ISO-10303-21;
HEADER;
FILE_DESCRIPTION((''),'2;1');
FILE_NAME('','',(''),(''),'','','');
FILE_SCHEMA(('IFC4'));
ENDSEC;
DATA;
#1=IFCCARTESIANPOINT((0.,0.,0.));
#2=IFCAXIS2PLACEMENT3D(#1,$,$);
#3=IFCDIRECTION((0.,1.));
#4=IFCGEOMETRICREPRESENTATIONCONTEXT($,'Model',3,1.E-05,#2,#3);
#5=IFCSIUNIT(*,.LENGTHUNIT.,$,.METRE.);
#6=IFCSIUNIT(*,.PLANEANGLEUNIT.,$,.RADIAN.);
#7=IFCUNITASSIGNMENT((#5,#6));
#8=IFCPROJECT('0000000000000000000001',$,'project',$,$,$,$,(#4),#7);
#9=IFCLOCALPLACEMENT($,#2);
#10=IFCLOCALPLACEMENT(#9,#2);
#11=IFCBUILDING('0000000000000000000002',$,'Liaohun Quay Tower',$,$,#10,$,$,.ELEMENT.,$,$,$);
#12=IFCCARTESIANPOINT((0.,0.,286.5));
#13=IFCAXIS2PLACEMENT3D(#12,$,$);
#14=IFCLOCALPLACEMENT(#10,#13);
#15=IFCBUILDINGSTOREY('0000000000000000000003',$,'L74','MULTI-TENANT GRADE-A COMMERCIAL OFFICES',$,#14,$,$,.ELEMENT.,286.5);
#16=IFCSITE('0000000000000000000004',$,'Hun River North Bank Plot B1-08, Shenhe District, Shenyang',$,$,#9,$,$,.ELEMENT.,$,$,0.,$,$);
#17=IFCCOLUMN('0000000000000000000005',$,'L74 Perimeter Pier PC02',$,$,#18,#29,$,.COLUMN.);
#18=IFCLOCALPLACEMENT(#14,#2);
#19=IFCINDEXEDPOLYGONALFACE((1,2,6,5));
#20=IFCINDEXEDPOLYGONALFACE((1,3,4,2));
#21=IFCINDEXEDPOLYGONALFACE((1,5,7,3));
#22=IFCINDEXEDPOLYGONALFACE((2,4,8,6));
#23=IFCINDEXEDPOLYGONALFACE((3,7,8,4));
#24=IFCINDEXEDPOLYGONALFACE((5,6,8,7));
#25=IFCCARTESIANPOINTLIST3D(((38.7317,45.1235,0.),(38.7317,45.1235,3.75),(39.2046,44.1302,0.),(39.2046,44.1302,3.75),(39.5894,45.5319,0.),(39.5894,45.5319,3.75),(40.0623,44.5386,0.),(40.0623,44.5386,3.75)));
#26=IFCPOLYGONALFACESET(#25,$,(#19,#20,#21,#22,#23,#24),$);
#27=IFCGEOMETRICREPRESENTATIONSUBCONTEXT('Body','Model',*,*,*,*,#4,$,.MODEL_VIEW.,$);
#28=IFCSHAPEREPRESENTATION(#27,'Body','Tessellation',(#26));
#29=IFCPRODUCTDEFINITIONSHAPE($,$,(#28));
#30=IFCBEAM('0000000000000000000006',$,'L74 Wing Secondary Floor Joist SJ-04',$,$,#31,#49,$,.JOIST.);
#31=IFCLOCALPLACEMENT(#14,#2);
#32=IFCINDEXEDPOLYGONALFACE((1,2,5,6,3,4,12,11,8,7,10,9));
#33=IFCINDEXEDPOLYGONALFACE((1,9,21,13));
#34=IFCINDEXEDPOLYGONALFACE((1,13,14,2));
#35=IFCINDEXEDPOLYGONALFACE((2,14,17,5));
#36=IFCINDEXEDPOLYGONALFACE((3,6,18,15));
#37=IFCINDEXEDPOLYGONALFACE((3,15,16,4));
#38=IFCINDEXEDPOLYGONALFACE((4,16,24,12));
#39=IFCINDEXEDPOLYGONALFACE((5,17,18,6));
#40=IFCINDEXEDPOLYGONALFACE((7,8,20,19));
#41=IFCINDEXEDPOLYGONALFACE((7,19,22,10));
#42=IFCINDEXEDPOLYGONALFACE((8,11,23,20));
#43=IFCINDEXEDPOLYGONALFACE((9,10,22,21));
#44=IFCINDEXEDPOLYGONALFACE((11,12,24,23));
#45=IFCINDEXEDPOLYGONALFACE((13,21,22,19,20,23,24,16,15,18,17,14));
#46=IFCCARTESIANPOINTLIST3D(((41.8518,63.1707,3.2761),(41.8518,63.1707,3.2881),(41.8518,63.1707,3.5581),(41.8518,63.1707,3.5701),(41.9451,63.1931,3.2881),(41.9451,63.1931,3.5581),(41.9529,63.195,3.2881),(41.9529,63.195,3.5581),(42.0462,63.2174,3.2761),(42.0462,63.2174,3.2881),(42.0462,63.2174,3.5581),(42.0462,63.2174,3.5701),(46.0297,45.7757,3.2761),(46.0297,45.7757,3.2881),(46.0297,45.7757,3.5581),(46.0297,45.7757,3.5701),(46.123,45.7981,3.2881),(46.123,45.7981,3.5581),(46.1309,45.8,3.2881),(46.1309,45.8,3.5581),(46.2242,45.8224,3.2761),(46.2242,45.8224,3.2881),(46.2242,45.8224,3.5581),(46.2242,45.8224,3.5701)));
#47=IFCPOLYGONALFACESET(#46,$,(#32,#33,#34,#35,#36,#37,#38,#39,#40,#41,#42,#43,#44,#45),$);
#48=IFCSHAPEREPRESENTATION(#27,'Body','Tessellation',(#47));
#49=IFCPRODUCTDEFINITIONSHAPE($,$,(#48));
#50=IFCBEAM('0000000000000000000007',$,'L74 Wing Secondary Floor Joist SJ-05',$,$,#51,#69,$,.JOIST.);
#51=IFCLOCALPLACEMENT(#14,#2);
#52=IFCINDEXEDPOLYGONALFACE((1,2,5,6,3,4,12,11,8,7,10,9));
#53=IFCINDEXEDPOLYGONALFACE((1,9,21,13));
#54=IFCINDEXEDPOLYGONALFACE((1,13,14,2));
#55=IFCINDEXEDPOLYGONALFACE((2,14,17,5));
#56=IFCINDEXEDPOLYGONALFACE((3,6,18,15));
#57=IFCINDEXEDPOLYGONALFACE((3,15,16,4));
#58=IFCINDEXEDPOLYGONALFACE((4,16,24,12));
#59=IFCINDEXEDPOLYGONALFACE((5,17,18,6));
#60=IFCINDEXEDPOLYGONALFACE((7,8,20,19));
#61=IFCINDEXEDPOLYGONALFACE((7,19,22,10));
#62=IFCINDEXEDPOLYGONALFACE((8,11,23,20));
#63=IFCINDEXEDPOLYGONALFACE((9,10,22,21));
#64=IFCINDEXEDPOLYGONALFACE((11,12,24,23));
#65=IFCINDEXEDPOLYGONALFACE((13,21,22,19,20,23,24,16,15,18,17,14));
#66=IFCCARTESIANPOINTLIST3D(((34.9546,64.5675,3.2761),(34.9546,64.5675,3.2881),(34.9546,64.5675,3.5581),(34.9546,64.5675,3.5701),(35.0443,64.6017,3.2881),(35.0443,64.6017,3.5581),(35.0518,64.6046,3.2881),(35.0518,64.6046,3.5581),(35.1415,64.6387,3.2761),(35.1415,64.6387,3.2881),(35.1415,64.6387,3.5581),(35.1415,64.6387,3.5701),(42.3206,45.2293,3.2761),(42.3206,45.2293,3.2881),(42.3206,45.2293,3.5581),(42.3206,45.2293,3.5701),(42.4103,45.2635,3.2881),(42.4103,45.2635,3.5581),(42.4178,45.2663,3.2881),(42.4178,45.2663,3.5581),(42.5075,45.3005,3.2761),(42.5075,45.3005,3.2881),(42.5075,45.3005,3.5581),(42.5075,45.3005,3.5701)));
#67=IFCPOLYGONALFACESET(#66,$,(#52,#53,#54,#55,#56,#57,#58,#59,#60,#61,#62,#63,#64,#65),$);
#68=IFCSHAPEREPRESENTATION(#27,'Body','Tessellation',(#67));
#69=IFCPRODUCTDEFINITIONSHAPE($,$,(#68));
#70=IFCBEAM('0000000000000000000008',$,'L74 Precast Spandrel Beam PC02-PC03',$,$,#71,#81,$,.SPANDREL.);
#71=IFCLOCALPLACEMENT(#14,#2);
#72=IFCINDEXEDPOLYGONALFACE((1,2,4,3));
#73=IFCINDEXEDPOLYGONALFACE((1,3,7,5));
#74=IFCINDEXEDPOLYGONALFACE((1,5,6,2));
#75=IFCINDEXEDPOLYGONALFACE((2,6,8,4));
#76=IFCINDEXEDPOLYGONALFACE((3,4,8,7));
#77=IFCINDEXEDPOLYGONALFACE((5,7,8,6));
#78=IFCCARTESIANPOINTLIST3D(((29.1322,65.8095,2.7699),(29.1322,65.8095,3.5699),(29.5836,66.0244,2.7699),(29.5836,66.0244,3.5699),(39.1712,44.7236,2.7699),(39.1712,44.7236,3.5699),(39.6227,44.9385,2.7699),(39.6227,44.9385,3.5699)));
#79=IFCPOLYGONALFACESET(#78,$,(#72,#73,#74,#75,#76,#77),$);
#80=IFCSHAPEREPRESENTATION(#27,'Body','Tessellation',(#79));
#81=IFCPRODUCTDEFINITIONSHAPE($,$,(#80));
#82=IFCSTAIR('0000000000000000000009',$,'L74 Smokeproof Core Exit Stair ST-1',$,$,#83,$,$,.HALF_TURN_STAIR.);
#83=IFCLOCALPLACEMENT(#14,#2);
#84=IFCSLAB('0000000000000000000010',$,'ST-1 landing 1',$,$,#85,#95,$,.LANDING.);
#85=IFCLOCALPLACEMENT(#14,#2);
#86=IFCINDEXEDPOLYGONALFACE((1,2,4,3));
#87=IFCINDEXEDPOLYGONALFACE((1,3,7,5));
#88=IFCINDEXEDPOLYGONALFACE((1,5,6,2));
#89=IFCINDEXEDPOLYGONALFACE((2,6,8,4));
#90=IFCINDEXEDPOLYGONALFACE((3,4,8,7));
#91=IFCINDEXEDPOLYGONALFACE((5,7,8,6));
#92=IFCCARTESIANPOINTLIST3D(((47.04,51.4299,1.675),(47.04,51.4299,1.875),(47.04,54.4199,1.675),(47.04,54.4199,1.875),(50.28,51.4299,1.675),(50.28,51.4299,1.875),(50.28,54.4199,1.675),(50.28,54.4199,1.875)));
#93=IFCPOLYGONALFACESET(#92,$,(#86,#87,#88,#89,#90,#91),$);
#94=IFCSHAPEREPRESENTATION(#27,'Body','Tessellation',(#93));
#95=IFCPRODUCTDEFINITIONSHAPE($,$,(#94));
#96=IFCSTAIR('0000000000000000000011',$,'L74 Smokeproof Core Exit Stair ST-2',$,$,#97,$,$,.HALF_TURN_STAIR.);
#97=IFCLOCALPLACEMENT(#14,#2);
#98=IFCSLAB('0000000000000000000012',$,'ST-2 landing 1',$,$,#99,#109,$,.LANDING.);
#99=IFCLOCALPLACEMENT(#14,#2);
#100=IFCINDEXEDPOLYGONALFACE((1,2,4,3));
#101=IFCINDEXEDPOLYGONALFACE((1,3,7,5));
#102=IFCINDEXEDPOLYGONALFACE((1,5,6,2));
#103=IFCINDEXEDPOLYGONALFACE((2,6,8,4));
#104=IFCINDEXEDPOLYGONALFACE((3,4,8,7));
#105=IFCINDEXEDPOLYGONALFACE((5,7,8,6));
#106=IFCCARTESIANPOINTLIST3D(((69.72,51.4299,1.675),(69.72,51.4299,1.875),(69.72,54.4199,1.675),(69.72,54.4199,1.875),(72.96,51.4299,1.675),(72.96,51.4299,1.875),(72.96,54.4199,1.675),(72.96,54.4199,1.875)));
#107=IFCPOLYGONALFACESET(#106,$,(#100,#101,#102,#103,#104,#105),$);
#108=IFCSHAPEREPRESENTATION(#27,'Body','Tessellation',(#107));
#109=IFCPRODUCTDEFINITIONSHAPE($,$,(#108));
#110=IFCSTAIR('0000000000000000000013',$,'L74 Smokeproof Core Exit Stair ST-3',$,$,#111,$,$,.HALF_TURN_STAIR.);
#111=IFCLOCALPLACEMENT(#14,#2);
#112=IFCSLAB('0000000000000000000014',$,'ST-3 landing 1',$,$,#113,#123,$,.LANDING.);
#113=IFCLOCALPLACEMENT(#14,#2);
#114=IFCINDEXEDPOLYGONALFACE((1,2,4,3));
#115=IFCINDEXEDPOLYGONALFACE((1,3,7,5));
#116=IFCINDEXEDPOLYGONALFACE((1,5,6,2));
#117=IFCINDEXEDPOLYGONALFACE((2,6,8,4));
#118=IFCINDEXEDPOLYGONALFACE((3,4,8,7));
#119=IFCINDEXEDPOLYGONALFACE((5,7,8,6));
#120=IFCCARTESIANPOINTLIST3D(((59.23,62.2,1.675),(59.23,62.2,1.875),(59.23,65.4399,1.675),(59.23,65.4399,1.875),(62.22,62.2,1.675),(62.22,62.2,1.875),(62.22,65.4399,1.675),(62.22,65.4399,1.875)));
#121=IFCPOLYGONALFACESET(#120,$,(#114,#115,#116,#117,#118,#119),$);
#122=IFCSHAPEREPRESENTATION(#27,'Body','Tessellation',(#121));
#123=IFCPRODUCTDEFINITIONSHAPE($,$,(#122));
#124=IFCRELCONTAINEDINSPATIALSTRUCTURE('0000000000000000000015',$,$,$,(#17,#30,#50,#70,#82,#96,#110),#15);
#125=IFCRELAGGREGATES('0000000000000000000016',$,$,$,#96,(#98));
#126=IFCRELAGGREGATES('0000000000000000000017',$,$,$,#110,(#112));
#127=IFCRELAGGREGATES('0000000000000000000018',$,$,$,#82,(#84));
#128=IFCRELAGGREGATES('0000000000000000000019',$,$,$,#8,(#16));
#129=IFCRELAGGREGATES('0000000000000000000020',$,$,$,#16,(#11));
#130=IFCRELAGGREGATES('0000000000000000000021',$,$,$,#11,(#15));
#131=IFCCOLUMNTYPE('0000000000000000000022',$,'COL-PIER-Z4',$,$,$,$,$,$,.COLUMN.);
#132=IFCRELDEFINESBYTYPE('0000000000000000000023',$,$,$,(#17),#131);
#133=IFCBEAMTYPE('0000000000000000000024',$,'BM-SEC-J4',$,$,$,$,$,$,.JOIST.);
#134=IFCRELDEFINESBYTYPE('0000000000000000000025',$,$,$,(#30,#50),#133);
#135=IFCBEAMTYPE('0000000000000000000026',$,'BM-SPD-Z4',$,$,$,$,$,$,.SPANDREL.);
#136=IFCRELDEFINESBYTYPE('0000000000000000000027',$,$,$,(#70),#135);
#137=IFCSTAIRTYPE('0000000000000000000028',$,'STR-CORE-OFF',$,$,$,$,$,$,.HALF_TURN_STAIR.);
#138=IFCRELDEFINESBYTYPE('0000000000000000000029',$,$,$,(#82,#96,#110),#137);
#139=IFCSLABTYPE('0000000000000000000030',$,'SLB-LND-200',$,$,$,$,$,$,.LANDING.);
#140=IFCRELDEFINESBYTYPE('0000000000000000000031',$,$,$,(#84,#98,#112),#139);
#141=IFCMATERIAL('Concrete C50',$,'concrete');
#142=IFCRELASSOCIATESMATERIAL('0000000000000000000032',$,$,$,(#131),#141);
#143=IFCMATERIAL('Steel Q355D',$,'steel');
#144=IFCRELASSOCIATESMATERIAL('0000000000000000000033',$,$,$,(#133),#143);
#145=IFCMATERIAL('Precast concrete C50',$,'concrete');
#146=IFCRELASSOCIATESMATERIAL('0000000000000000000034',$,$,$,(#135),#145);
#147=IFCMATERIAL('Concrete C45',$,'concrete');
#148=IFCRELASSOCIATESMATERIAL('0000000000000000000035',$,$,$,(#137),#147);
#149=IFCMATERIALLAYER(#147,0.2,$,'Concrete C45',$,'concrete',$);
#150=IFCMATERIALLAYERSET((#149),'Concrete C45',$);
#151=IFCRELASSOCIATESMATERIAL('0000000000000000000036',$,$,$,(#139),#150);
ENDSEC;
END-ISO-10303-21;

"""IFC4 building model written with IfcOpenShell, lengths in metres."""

from ifc_helpers import new_model, si_unit, direction, frame, origin, origin_2d, place, context, subcontext, project, spatial, polyline, rectangle, i_section, outline, extrude, source, transform, mapped, material, layer, layer_set, material_profile, profile_set, type_object, element, aggregate, save


model = new_model("IFC4")

# Units and contexts
model_context = context("Model", 3, precision=1e-05, world=origin(), true_north=direction((0.0, 1.0)))
body_context = subcontext(model_context, "Body", "Model", "MODEL_VIEW")
ifc_project = project(units=[si_unit("LENGTHUNIT", "METRE"), si_unit("PLANEANGLEUNIT", "RADIAN")], contexts=[model_context])

# Site, building, storey
site_placement = place(None, origin())
site = spatial("IfcSite", under=ifc_project, at=site_placement, Name="Hun River North Bank Plot B1-08, Shenhe District, Shenyang", CompositionType="ELEMENT", RefElevation=0.0)
building_placement = place(site_placement, origin())
building = spatial("IfcBuilding", under=site, at=building_placement, Name="Liaohun Quay Tower", CompositionType="ELEMENT")
storey_placement = place(building_placement, frame((0.0, 0.0, 286.5)))
storey = spatial("IfcBuildingStorey", under=building, at=storey_placement, Name="L74", Description="MULTI-TENANT GRADE-A COMMERCIAL OFFICES", CompositionType="ELEMENT", Elevation=286.5)

# Column
ifc_material_1 = material(Name="Concrete C50", Category="concrete")
ifc_material_profile_1 = material_profile(ifc_material_1, rectangle(XDim=1.1001, YDim=0.95, at=origin_2d()), Name="RC1100x950")
ifc_profile_set_1 = profile_set([ifc_material_profile_1], Name="Concrete C50")
column_type = type_object("IfcColumnType", Name="COL-PIER-Z4", PredefinedType="COLUMN", material=ifc_profile_set_1)
shared_shape_1 = source(origin(), body_context, "Body", "SweptSolid", [
    extrude(rectangle(XDim=1.1001, YDim=0.95, at=origin_2d()), origin(), (0.0, 0.0, 1.0), 3.75),
])
column_placement = place(storey_placement, frame((39.397, 44.8311, 0.0), z_axis=(0.0, 0.0, 1.0), x_axis=(-0.429881, 0.902886, 0.0)))
element("IfcColumn", 1, at=column_placement, inside=storey, type_object=column_type, Name="L74 Perimeter Pier PC02", PredefinedType="COLUMN", context=body_context, shape_type="MappedRepresentation", body=[
    mapped(shared_shape_1, transform((0.0, 0.0, 0.0), x_axis=(1.0, 0.0, 0.0), y_axis=(0.0, 1.0, 0.0), z_axis=(0.0, 0.0, 1.0), scale=1.0)),
])

# Beams
ifc_material_2 = material(Name="Steel Q355D", Category="steel")
ifc_material_profile_2 = material_profile(ifc_material_2, i_section(OverallWidth=0.2, OverallDepth=0.2939, WebThickness=0.0081, FlangeThickness=0.012, at=origin_2d()), Name="HM294x200x8x12")
ifc_profile_set_2 = profile_set([ifc_material_profile_2], Name="Steel Q355D")
beam_type_1 = type_object("IfcBeamType", Name="BM-SEC-J4", PredefinedType="JOIST", material=ifc_profile_set_2)
shared_shape_2 = source(origin(), body_context, "Body", "SweptSolid", [
    extrude(i_section(OverallWidth=0.2, OverallDepth=0.2939, WebThickness=0.0081, FlangeThickness=0.012, at=origin_2d()), origin(), (0.0, 0.0, 1.0), 17.8896),
])
beam_1_placement = place(storey_placement, frame((46.127, 45.7991, 3.4231), z_axis=(-0.233541, 0.972347, 0.0), x_axis=(-0.972347, -0.233541, 0.0)))
element("IfcBeam", 2, at=beam_1_placement, inside=storey, type_object=beam_type_1, Name="L74 Wing Secondary Floor Joist SJ-04", PredefinedType="JOIST", context=body_context, shape_type="MappedRepresentation", body=[
    mapped(shared_shape_2, transform((0.0, 0.0, 0.0), x_axis=(1.0, 0.0, 0.0), y_axis=(0.0, 1.0, 0.0), z_axis=(0.0, 0.0, 1.0), scale=1.0)),
])
shared_shape_3 = source(origin(), body_context, "Body", "SweptSolid", [
    extrude(i_section(OverallWidth=0.2, OverallDepth=0.2939, WebThickness=0.0081, FlangeThickness=0.012, at=origin_2d()), origin(), (0.0, 0.0, 1.0), 20.6936),
])
beam_2_placement = place(storey_placement, frame((42.4141, 45.2649, 3.4231), z_axis=(-0.355956, 0.934503, 0.0), x_axis=(-0.934503, -0.355956, 0.0)))
element("IfcBeam", 3, at=beam_2_placement, inside=storey, type_object=beam_type_1, Name="L74 Wing Secondary Floor Joist SJ-05", PredefinedType="JOIST", context=body_context, shape_type="MappedRepresentation", body=[
    mapped(shared_shape_3, transform((0.0, 0.0, 0.0), x_axis=(1.0, 0.0, 0.0), y_axis=(0.0, 1.0, 0.0), z_axis=(0.0, 0.0, 1.0), scale=1.0)),
])
ifc_material_3 = material(Name="Precast concrete C50", Category="concrete")
ifc_material_profile_3 = material_profile(ifc_material_3, rectangle(XDim=0.5, YDim=0.8, at=origin_2d()), Name="RC500x800")
ifc_profile_set_3 = profile_set([ifc_material_profile_3], Name="Precast concrete C50")
beam_type_2 = type_object("IfcBeamType", Name="BM-SPD-Z4", PredefinedType="SPANDREL", material=ifc_profile_set_3)
shared_shape_4 = source(origin(), body_context, "Body", "SweptSolid", [
    extrude(rectangle(XDim=0.5, YDim=0.8, at=origin_2d()), origin(), (0.0, 0.0, 1.0), 23.3538),
])
beam_3_placement = place(storey_placement, frame((39.397, 44.8311, 3.1699), z_axis=(-0.429869, 0.902891, 0.0), x_axis=(-0.902891, -0.429869, 0.0)))
element("IfcBeam", 4, at=beam_3_placement, inside=storey, type_object=beam_type_2, Name="L74 Precast Spandrel Beam PC02-PC03", PredefinedType="SPANDREL", context=body_context, shape_type="MappedRepresentation", body=[
    mapped(shared_shape_4, transform((0.0, 0.0, 0.0), x_axis=(1.0, 0.0, 0.0), y_axis=(0.0, 1.0, 0.0), z_axis=(0.0, 0.0, 1.0), scale=1.0)),
])

# Stairs, slabs
ifc_material_4 = material(Name="Concrete C45", Category="concrete")
stair_type = type_object("IfcStairType", Name="STR-CORE-OFF", PredefinedType="HALF_TURN_STAIR", material=ifc_material_4)
stair_1_placement = place(storey_placement, origin())
stair_1 = element("IfcStair", 5, at=stair_1_placement, inside=storey, type_object=stair_type, Name="L74 Smokeproof Core Exit Stair ST-1", PredefinedType="HALF_TURN_STAIR")
ifc_layer_1 = layer(ifc_material_4, 0.2, Name="Concrete C45", Category="concrete")
ifc_layer_set_1 = layer_set([ifc_layer_1], Name="Concrete C45")
slab_type_1 = type_object("IfcSlabType", Name="SLB-LND-200", PredefinedType="LANDING", material=ifc_layer_set_1)
slab_1_placement = place(storey_placement, frame((0.0, 0.0, 1.675)))
slab_1 = element("IfcSlab", 6, at=slab_1_placement, type_object=slab_type_1, Name="ST-1 landing 1", PredefinedType="LANDING", context=body_context, shape_type="SweptSolid", body=[
    extrude(outline(polyline([(50.28, 51.4299), (50.28, 54.4199), (47.04, 54.4199), (47.04, 51.4299), (50.28, 51.4299)])), origin(), (0.0, 0.0, 1.0), 0.2),
])
stair_2_placement = place(storey_placement, origin())
stair_2 = element("IfcStair", 7, at=stair_2_placement, inside=storey, type_object=stair_type, Name="L74 Smokeproof Core Exit Stair ST-2", PredefinedType="HALF_TURN_STAIR")
slab_2_placement = place(storey_placement, frame((0.0, 0.0, 1.675)))
slab_2 = element("IfcSlab", 8, at=slab_2_placement, type_object=slab_type_1, Name="ST-2 landing 1", PredefinedType="LANDING", context=body_context, shape_type="SweptSolid", body=[
    extrude(outline(polyline([(72.96, 51.4299), (72.96, 54.4199), (69.72, 54.4199), (69.72, 51.4299), (72.96, 51.4299)])), origin(), (0.0, 0.0, 1.0), 0.2),
])
aggregate(stair_2, [slab_2])
stair_3_placement = place(storey_placement, origin())
stair_3 = element("IfcStair", 9, at=stair_3_placement, inside=storey, type_object=stair_type, Name="L74 Smokeproof Core Exit Stair ST-3", PredefinedType="HALF_TURN_STAIR")
slab_3_placement = place(storey_placement, frame((0.0, 0.0, 1.675)))
slab_3 = element("IfcSlab", 10, at=slab_3_placement, type_object=slab_type_1, Name="ST-3 landing 1", PredefinedType="LANDING", context=body_context, shape_type="SweptSolid", body=[
    extrude(outline(polyline([(59.23, 62.2), (62.22, 62.2), (62.22, 65.4399), (59.23, 65.4399), (59.23, 62.2)])), origin(), (0.0, 0.0, 1.0), 0.2),
])
aggregate(stair_3, [slab_3])

aggregate(stair_1, [slab_1])

save(model, "model.ifc")
